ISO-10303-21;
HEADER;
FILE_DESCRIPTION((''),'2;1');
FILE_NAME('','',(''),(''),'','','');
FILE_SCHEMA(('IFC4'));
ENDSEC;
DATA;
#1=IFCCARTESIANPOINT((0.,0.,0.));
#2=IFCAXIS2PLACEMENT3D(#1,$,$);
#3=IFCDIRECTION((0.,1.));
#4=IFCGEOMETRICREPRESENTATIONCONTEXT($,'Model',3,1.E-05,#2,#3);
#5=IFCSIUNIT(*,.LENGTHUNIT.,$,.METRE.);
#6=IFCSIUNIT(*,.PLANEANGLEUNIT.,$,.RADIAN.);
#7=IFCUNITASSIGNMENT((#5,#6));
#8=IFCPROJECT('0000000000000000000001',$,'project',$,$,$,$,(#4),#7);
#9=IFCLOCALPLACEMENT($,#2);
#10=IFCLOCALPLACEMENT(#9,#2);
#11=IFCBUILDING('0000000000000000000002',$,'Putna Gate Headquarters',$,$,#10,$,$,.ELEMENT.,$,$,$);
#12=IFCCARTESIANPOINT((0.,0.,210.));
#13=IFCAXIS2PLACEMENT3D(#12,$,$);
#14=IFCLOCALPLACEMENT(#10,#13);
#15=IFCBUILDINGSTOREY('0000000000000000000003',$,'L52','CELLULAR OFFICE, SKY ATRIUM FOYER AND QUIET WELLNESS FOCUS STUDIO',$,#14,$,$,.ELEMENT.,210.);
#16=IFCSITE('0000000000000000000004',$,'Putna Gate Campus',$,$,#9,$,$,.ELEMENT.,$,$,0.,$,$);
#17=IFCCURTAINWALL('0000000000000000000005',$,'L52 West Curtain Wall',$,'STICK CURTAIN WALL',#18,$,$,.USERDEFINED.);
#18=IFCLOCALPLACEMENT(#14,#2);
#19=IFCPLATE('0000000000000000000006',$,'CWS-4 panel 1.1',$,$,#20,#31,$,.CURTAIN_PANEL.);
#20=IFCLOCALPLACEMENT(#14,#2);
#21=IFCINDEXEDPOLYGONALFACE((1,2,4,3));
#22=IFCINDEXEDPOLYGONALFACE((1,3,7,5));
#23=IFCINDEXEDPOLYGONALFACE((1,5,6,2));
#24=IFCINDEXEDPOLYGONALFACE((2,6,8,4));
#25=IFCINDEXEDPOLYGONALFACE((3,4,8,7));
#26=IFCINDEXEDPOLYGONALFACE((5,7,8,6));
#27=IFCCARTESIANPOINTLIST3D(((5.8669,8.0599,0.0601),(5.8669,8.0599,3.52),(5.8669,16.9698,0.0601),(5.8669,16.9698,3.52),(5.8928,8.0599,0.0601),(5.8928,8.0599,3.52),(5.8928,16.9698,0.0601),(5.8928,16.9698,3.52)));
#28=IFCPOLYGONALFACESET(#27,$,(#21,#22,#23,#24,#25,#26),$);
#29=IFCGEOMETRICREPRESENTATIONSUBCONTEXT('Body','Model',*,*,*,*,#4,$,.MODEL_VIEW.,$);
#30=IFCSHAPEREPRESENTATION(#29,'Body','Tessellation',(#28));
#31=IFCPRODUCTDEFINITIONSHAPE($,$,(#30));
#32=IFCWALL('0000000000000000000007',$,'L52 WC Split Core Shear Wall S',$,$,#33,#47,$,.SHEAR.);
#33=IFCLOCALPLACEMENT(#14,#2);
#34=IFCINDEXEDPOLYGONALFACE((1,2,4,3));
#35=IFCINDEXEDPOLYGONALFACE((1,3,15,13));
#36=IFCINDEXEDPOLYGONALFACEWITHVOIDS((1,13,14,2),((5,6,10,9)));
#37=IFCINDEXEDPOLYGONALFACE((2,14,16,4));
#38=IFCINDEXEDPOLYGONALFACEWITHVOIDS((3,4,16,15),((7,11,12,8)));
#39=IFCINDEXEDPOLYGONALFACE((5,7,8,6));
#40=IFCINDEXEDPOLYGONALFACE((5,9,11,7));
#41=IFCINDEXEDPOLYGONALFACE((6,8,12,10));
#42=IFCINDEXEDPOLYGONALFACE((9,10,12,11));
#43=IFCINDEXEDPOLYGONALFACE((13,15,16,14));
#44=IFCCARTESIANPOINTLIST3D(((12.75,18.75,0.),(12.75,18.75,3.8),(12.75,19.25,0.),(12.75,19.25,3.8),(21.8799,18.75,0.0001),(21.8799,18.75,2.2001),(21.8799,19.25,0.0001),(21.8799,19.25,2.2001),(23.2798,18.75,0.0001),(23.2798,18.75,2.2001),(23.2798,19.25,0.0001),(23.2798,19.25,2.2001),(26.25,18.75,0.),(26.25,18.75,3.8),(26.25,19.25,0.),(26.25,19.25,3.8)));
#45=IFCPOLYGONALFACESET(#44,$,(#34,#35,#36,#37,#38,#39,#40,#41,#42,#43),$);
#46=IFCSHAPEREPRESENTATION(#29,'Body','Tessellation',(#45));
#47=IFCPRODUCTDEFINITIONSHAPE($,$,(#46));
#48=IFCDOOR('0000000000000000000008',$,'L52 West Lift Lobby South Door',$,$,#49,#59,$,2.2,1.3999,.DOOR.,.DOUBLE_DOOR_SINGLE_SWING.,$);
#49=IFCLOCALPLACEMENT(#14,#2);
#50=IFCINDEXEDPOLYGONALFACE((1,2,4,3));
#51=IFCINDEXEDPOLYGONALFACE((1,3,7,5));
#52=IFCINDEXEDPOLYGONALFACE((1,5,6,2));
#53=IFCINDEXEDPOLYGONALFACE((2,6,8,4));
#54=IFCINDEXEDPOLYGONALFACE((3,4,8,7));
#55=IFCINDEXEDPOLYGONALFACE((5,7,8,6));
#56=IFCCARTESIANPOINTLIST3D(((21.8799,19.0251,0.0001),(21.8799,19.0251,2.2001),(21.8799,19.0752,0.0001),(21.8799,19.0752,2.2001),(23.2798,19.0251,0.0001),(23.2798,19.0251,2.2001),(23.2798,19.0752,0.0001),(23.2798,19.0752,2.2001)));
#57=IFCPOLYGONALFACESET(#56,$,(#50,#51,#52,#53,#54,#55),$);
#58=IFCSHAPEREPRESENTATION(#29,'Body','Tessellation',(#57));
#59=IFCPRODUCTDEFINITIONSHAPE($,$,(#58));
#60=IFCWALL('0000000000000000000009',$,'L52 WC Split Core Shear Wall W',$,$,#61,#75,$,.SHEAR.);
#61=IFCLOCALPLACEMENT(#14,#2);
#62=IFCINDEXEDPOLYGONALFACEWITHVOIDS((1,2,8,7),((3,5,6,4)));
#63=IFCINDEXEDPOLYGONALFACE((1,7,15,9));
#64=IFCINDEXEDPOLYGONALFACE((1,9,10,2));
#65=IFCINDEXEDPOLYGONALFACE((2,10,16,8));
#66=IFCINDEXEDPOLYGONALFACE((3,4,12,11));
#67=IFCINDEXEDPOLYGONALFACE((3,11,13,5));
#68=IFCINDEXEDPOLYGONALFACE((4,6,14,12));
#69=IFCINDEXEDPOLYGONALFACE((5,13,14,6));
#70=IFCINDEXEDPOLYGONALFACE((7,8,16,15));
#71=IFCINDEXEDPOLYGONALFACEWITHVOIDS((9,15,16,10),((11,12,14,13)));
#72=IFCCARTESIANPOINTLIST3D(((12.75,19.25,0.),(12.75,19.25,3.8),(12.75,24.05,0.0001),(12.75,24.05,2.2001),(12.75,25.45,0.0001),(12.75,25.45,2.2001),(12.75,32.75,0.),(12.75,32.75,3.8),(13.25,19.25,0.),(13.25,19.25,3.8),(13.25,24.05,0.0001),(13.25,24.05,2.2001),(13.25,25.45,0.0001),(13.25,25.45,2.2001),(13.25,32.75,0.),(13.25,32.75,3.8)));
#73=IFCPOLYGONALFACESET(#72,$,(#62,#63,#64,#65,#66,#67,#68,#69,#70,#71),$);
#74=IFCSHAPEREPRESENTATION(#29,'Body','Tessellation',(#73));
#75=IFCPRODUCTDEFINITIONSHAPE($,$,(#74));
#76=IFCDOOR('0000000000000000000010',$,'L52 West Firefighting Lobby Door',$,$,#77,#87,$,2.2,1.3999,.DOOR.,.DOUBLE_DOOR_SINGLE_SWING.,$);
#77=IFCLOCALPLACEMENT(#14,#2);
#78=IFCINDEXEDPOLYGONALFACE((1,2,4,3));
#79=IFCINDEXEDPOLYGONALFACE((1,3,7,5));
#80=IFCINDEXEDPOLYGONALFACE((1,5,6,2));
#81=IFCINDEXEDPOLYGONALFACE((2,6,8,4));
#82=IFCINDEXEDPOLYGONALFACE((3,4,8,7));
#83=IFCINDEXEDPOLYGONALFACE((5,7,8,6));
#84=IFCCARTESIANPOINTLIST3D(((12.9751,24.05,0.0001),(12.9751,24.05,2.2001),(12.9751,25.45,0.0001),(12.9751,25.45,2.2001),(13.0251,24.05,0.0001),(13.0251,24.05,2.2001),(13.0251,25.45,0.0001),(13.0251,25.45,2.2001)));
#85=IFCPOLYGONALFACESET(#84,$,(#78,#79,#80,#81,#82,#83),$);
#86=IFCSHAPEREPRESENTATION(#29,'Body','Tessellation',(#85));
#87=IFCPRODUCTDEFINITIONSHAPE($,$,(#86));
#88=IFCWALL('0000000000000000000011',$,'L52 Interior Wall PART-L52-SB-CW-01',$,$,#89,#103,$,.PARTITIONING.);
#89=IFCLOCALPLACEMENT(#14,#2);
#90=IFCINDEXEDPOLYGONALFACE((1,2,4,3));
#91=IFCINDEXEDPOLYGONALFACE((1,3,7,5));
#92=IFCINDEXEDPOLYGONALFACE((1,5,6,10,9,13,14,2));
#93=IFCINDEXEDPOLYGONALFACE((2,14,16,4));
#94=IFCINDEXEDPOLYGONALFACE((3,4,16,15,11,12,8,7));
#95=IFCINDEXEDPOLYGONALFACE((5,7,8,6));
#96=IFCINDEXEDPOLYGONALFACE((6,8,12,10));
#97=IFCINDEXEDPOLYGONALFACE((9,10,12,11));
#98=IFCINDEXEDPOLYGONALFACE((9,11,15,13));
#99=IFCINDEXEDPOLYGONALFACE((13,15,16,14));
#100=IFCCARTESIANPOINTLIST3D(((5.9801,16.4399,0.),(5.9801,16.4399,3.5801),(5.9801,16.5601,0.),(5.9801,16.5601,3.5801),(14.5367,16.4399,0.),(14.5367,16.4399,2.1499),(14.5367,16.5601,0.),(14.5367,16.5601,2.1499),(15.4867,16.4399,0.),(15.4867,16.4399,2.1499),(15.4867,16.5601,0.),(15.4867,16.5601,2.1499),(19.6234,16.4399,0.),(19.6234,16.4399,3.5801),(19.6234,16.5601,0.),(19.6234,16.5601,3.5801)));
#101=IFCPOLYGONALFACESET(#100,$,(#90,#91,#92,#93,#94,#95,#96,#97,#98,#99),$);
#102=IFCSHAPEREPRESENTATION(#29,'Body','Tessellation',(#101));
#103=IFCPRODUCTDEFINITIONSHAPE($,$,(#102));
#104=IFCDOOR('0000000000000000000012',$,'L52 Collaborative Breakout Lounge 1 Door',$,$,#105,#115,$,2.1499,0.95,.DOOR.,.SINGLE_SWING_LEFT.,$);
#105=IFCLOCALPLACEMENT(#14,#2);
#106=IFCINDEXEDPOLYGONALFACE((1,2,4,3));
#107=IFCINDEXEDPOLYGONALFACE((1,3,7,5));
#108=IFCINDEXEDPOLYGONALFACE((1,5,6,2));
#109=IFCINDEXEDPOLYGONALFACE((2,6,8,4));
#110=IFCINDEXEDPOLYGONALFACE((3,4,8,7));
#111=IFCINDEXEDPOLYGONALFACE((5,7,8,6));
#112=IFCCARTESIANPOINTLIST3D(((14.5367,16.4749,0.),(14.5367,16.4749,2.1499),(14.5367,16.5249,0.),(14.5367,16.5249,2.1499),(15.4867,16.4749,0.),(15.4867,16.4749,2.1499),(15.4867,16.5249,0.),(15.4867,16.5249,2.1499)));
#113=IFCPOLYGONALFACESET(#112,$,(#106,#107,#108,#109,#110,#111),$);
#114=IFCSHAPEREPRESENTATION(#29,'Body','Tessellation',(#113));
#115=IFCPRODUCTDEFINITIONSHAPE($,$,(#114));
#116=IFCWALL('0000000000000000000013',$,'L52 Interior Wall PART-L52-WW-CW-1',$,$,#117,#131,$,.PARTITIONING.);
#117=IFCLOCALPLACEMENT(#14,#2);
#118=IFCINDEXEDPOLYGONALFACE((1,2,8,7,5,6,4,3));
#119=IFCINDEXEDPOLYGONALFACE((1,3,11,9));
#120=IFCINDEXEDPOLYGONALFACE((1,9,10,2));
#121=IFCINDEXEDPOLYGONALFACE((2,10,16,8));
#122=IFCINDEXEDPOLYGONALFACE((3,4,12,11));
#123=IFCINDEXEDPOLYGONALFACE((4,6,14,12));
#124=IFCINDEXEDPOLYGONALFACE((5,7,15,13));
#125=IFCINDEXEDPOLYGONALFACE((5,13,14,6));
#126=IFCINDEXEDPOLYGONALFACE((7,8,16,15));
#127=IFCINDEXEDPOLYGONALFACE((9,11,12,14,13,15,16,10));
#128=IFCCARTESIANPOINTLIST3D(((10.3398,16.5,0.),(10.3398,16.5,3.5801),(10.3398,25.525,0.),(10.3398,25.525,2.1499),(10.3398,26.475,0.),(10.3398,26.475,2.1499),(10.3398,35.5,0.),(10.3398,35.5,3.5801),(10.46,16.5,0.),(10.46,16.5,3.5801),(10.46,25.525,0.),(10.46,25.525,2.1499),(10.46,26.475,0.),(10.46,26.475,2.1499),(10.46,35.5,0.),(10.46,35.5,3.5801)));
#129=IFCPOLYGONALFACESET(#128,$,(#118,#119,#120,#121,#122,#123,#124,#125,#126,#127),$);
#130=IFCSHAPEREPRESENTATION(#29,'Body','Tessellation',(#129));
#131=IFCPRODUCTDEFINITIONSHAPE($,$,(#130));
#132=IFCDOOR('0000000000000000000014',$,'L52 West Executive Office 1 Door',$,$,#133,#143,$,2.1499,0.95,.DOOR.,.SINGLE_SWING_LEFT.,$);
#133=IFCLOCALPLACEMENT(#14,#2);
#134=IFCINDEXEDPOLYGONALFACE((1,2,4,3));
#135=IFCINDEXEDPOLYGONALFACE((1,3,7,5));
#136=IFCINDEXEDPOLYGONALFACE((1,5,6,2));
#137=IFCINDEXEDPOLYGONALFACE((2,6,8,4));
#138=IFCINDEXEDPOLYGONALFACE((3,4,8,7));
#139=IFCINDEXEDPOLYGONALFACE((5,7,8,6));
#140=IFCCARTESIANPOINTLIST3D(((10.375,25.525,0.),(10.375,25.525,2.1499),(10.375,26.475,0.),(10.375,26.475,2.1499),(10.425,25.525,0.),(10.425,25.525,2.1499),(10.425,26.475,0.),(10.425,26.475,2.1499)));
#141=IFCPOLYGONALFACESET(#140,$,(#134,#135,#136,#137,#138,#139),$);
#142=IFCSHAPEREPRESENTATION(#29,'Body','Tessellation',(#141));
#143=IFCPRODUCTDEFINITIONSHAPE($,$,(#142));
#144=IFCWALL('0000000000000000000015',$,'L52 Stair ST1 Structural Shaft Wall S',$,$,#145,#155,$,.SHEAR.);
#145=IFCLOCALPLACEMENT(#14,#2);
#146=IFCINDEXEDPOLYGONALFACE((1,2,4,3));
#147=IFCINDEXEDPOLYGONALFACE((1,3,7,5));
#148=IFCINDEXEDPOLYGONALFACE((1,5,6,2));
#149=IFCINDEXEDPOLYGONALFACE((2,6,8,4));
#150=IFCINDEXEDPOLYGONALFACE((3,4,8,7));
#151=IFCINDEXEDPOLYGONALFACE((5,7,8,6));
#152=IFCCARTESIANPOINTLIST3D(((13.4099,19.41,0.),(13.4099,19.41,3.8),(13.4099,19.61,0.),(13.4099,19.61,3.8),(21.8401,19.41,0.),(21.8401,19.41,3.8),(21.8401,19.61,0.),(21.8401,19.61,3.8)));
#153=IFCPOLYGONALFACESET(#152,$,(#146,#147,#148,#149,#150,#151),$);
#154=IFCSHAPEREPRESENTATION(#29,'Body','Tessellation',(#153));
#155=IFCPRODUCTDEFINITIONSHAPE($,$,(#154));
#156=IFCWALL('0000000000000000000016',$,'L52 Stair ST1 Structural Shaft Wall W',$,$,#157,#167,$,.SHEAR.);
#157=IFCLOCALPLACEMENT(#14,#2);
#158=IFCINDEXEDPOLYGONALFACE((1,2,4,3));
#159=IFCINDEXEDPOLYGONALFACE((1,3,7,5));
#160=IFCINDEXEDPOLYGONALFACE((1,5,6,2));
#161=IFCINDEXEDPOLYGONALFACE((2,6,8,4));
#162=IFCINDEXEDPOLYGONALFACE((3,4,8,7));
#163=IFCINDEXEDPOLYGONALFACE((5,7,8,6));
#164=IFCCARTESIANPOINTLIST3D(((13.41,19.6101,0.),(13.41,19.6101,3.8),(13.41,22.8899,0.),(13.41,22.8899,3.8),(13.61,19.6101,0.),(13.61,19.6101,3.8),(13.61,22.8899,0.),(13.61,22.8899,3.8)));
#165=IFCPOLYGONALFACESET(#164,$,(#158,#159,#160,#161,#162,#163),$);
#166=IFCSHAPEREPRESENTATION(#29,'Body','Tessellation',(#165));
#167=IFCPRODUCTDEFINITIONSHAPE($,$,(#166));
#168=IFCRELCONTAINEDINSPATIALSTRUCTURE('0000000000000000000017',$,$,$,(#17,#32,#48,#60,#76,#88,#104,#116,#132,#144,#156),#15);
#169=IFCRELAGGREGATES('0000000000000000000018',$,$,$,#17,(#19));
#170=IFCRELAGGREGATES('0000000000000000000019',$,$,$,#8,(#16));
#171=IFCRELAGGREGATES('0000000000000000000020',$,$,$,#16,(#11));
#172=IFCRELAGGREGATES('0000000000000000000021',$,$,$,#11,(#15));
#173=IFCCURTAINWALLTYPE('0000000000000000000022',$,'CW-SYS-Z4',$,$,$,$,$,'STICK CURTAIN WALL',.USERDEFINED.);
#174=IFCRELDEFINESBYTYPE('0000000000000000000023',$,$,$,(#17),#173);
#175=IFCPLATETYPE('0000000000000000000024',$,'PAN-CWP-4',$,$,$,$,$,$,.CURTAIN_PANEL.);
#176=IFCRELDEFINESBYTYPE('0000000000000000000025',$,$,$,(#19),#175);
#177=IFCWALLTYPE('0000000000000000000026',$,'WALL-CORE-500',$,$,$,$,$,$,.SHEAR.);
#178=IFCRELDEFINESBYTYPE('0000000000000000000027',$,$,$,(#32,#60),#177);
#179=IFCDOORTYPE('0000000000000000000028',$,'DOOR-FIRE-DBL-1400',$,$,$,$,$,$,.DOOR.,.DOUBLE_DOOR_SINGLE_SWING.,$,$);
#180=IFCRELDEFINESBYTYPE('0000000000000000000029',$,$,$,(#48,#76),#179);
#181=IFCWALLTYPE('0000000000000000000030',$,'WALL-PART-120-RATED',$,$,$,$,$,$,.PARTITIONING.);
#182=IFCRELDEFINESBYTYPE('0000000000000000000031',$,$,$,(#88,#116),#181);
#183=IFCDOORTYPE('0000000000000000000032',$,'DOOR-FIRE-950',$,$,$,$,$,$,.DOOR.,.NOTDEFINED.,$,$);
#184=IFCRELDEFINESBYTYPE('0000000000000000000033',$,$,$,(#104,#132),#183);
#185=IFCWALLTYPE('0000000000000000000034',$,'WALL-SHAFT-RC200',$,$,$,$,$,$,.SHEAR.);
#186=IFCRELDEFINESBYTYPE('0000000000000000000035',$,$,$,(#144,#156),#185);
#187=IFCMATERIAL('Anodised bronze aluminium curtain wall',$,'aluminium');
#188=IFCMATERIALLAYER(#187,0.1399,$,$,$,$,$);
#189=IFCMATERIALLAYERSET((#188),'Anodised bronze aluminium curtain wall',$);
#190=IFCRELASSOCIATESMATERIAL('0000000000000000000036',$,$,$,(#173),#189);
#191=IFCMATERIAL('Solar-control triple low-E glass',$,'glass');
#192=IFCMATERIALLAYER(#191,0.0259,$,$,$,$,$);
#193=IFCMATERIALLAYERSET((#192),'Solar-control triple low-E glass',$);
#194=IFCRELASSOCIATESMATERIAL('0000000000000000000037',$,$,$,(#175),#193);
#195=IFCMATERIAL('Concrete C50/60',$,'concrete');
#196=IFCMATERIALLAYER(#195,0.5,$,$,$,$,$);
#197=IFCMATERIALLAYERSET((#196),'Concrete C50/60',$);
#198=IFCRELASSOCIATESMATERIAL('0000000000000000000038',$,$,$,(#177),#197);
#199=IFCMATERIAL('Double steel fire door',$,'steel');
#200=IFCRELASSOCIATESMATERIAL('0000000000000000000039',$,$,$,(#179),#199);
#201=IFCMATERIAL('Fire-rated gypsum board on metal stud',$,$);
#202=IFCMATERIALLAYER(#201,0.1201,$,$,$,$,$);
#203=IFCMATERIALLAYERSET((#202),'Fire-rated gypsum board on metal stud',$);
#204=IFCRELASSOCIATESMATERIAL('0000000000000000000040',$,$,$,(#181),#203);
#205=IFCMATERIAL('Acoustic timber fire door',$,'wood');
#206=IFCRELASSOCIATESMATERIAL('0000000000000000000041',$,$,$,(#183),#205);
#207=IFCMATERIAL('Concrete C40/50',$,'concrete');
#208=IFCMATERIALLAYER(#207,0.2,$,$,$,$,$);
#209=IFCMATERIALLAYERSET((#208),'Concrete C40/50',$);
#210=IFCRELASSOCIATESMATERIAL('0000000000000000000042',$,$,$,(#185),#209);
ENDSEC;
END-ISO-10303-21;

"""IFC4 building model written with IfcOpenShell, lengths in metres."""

from ifc_helpers import new_model, si_unit, direction, frame, frame_2d, origin, origin_2d, place, context, subcontext, project, spatial, rectangle, extrude, material, layer, layer_set, type_object, element, fill, aggregate, save


model = new_model("IFC4")

# Units and contexts
model_context = context("Model", 3, precision=1e-05, world=origin(), true_north=direction((0.0, 1.0)))
body_context = subcontext(model_context, "Body", "Model", "MODEL_VIEW")
ifc_project = project(units=[si_unit("LENGTHUNIT", "METRE"), si_unit("PLANEANGLEUNIT", "RADIAN")], contexts=[model_context])

# Site, building, storey
site_placement = place(None, origin())
site = spatial("IfcSite", under=ifc_project, at=site_placement, Name="Putna Gate Campus", CompositionType="ELEMENT", RefElevation=0.0)
building_placement = place(site_placement, origin())
building = spatial("IfcBuilding", under=site, at=building_placement, Name="Putna Gate Headquarters", CompositionType="ELEMENT")
storey_placement = place(building_placement, frame((0.0, 0.0, 210.0)))
storey = spatial("IfcBuildingStorey", under=building, at=storey_placement, Name="L52", Description="CELLULAR OFFICE, SKY ATRIUM FOYER AND QUIET WELLNESS FOCUS STUDIO", CompositionType="ELEMENT", Elevation=210.0)

# Curtain wall, plate
ifc_material_1 = material(Name="Anodised bronze aluminium curtain wall", Category="aluminium")
ifc_layer_1 = layer(ifc_material_1, 0.1399)
ifc_layer_set_1 = layer_set([ifc_layer_1], Name="Anodised bronze aluminium curtain wall")
curtain_wall_type = type_object("IfcCurtainWallType", Name="CW-SYS-Z4", ElementType="STICK CURTAIN WALL", PredefinedType="USERDEFINED", material=ifc_layer_set_1)
curtain_wall_placement = place(storey_placement, origin())
curtain_wall = element("IfcCurtainWall", 1, at=curtain_wall_placement, inside=storey, type_object=curtain_wall_type, Name="L52 West Curtain Wall", ObjectType="STICK CURTAIN WALL", PredefinedType="USERDEFINED")
ifc_material_2 = material(Name="Solar-control triple low-E glass", Category="glass")
ifc_layer_2 = layer(ifc_material_2, 0.0259)
ifc_layer_set_2 = layer_set([ifc_layer_2], Name="Solar-control triple low-E glass")
plate_type = type_object("IfcPlateType", Name="PAN-CWP-4", PredefinedType="CURTAIN_PANEL", material=ifc_layer_set_2)
plate_placement = place(storey_placement, frame((5.8799, 12.5149, 0.0601), z_axis=(0.0, 0.0, 1.0), x_axis=(0.0, 1.0, 0.0)))
plate = element("IfcPlate", 2, at=plate_placement, type_object=plate_type, Name="CWS-4 panel 1.1", PredefinedType="CURTAIN_PANEL", context=body_context, shape_type="SweptSolid", body=[
    extrude(rectangle(XDim=8.9099, YDim=0.0259, at=origin_2d()), origin(), (0.0, 0.0, 1.0), 3.46),
])
aggregate(curtain_wall, [plate])

# Walls, openings, doors
ifc_material_3 = material(Name="Concrete C50/60", Category="concrete")
ifc_layer_3 = layer(ifc_material_3, 0.5)
ifc_layer_set_3 = layer_set([ifc_layer_3], Name="Concrete C50/60")
wall_type_1 = type_object("IfcWallType", Name="WALL-CORE-500", PredefinedType="SHEAR", material=ifc_layer_set_3)
wall_1_placement = place(storey_placement, frame((12.75, 19.0, 0.0), z_axis=(0.0, 0.0, 1.0), x_axis=(1.0, 0.0, 0.0)))
wall_1 = element("IfcWall", 3, at=wall_1_placement, inside=storey, type_object=wall_type_1, Name="L52 WC Split Core Shear Wall S", PredefinedType="SHEAR", context=body_context, shape_type="SweptSolid", body=[
    extrude(rectangle(XDim=13.5, YDim=0.5, at=frame_2d((6.75, 0.0))), origin(), (0.0, 0.0, 1.0), 3.8),
])
opening_1_placement = place(wall_1_placement, frame((9.1299, 0.0, 0.0)))
opening_1 = element("IfcOpeningElement", 4, at=opening_1_placement, cuts=wall_1, PredefinedType="OPENING", context=body_context, shape_type="SweptSolid", body=[
    extrude(rectangle(XDim=1.3999, YDim=2.2, at=frame_2d((0.7, 1.1001))), frame((0.0, 0.26, 0.0), z_axis=(0.0, -1.0, 0.0), x_axis=(1.0, 0.0, 0.0)), (0.0, 0.0, 1.0), 0.52),
])
ifc_material_4 = material(Name="Double steel fire door", Category="steel")
door_type_1 = type_object("IfcDoorType", Name="DOOR-FIRE-DBL-1400", OperationType="DOUBLE_DOOR_SINGLE_SWING", PredefinedType="DOOR", material=ifc_material_4)
door_1_placement = place(opening_1_placement, origin())
door_1 = element("IfcDoor", 5, at=door_1_placement, inside=storey, type_object=door_type_1, Name="L52 West Lift Lobby South Door", OperationType="DOUBLE_DOOR_SINGLE_SWING", OverallHeight=2.2, OverallWidth=1.3999, PredefinedType="DOOR", context=body_context, shape_type="SweptSolid", body=[
    extrude(rectangle(XDim=1.3999, YDim=2.2, at=frame_2d((0.7, 1.1001))), frame((0.0, 0.0752, 0.0), z_axis=(0.0, -1.0, 0.0), x_axis=(1.0, 0.0, 0.0)), (0.0, 0.0, 1.0), 0.05),
])
fill(opening_1, door_1)
wall_2_placement = place(storey_placement, frame((13.0, 19.25, 0.0), z_axis=(0.0, 0.0, 1.0), x_axis=(0.0, 1.0, 0.0)))
wall_2 = element("IfcWall", 6, at=wall_2_placement, inside=storey, type_object=wall_type_1, Name="L52 WC Split Core Shear Wall W", PredefinedType="SHEAR", context=body_context, shape_type="SweptSolid", body=[
    extrude(rectangle(XDim=13.5, YDim=0.5, at=frame_2d((6.75, 0.0))), origin(), (0.0, 0.0, 1.0), 3.8),
])
opening_2_placement = place(wall_2_placement, frame((4.8, 0.0, 0.0)))
opening_2 = element("IfcOpeningElement", 7, at=opening_2_placement, cuts=wall_2, PredefinedType="OPENING", context=body_context, shape_type="SweptSolid", body=[
    extrude(rectangle(XDim=1.3999, YDim=2.2, at=frame_2d((0.7, 1.1001))), frame((0.0, 0.26, 0.0), z_axis=(0.0, -1.0, 0.0), x_axis=(1.0, 0.0, 0.0)), (0.0, 0.0, 1.0), 0.52),
])
door_2_placement = place(opening_2_placement, origin())
door_2 = element("IfcDoor", 8, at=door_2_placement, inside=storey, type_object=door_type_1, Name="L52 West Firefighting Lobby Door", OperationType="DOUBLE_DOOR_SINGLE_SWING", OverallHeight=2.2, OverallWidth=1.3999, PredefinedType="DOOR", context=body_context, shape_type="SweptSolid", body=[
    extrude(rectangle(XDim=1.3999, YDim=2.2, at=frame_2d((0.7, 1.1001))), frame((0.0, 0.0249, 0.0), z_axis=(0.0, -1.0, 0.0), x_axis=(1.0, 0.0, 0.0)), (0.0, 0.0, 1.0), 0.05),
])
fill(opening_2, door_2)
ifc_material_5 = material(Name="Fire-rated gypsum board on metal stud")
ifc_layer_4 = layer(ifc_material_5, 0.1201)
ifc_layer_set_4 = layer_set([ifc_layer_4], Name="Fire-rated gypsum board on metal stud")
wall_type_2 = type_object("IfcWallType", Name="WALL-PART-120-RATED", PredefinedType="PARTITIONING", material=ifc_layer_set_4)
wall_3_placement = place(storey_placement, frame((5.98, 16.5, 0.0), z_axis=(0.0, 0.0, 1.0), x_axis=(1.0, 0.0, 0.0)))
wall_3 = element("IfcWall", 9, at=wall_3_placement, inside=storey, type_object=wall_type_2, Name="L52 Interior Wall PART-L52-SB-CW-01", PredefinedType="PARTITIONING", context=body_context, shape_type="SweptSolid", body=[
    extrude(rectangle(XDim=13.6433, YDim=0.1201, at=frame_2d((6.8218, 0.0))), origin(), (0.0, 0.0, 1.0), 3.5801),
])
opening_3_placement = place(wall_3_placement, frame((8.5566, 0.0, 0.0)))
opening_3 = element("IfcOpeningElement", 10, at=opening_3_placement, cuts=wall_3, PredefinedType="OPENING", context=body_context, shape_type="SweptSolid", body=[
    extrude(rectangle(XDim=0.95, YDim=2.1499, at=frame_2d((0.4751, 1.075))), frame((0.0, 0.0701, 0.0), z_axis=(0.0, -1.0, 0.0), x_axis=(1.0, 0.0, 0.0)), (0.0, 0.0, 1.0), 0.1401),
])
ifc_material_6 = material(Name="Acoustic timber fire door", Category="wood")
door_type_2 = type_object("IfcDoorType", Name="DOOR-FIRE-950", OperationType="NOTDEFINED", PredefinedType="DOOR", material=ifc_material_6)
door_3_placement = place(opening_3_placement, origin())
door_3 = element("IfcDoor", 11, at=door_3_placement, inside=storey, type_object=door_type_2, Name="L52 Collaborative Breakout Lounge 1 Door", OperationType="SINGLE_SWING_LEFT", OverallHeight=2.1499, OverallWidth=0.95, PredefinedType="DOOR", context=body_context, shape_type="SweptSolid", body=[
    extrude(rectangle(XDim=0.95, YDim=2.1499, at=frame_2d((0.4751, 1.075))), frame((0.0, 0.0249, 0.0), z_axis=(0.0, -1.0, 0.0), x_axis=(1.0, 0.0, 0.0)), (0.0, 0.0, 1.0), 0.05),
])
fill(opening_3, door_3)
wall_4_placement = place(storey_placement, frame((10.3999, 16.5, 0.0), z_axis=(0.0, 0.0, 1.0), x_axis=(0.0, 1.0, 0.0)))
wall_4 = element("IfcWall", 12, at=wall_4_placement, inside=storey, type_object=wall_type_2, Name="L52 Interior Wall PART-L52-WW-CW-1", PredefinedType="PARTITIONING", context=body_context, shape_type="SweptSolid", body=[
    extrude(rectangle(XDim=19.0, YDim=0.1201, at=frame_2d((9.5, 0.0))), origin(), (0.0, 0.0, 1.0), 3.5801),
])
opening_4_placement = place(wall_4_placement, frame((9.0249, 0.0, 0.0)))
opening_4 = element("IfcOpeningElement", 13, at=opening_4_placement, cuts=wall_4, PredefinedType="OPENING", context=body_context, shape_type="SweptSolid", body=[
    extrude(rectangle(XDim=0.95, YDim=2.1499, at=frame_2d((0.4751, 1.075))), frame((0.0, 0.0701, 0.0), z_axis=(0.0, -1.0, 0.0), x_axis=(1.0, 0.0, 0.0)), (0.0, 0.0, 1.0), 0.1401),
])
door_4_placement = place(opening_4_placement, origin())
door_4 = element("IfcDoor", 14, at=door_4_placement, inside=storey, type_object=door_type_2, Name="L52 West Executive Office 1 Door", OperationType="SINGLE_SWING_LEFT", OverallHeight=2.1499, OverallWidth=0.95, PredefinedType="DOOR", context=body_context, shape_type="SweptSolid", body=[
    extrude(rectangle(XDim=0.95, YDim=2.1499, at=frame_2d((0.4751, 1.075))), frame((0.0, 0.0249, 0.0), z_axis=(0.0, -1.0, 0.0), x_axis=(1.0, 0.0, 0.0)), (0.0, 0.0, 1.0), 0.05),
])
fill(opening_4, door_4)

# Walls
ifc_material_7 = material(Name="Concrete C40/50", Category="concrete")
ifc_layer_5 = layer(ifc_material_7, 0.2)
ifc_layer_set_5 = layer_set([ifc_layer_5], Name="Concrete C40/50")
wall_type_3 = type_object("IfcWallType", Name="WALL-SHAFT-RC200", PredefinedType="SHEAR", material=ifc_layer_set_5)
wall_5_placement = place(storey_placement, frame((13.4099, 19.51, 0.0), z_axis=(0.0, 0.0, 1.0), x_axis=(1.0, 0.0, 0.0)))
element("IfcWall", 15, at=wall_5_placement, inside=storey, type_object=wall_type_3, Name="L52 Stair ST1 Structural Shaft Wall S", PredefinedType="SHEAR", context=body_context, shape_type="SweptSolid", body=[
    extrude(rectangle(XDim=8.4302, YDim=0.2, at=frame_2d((4.2151, 0.0))), origin(), (0.0, 0.0, 1.0), 3.8),
])
wall_6_placement = place(storey_placement, frame((13.51, 19.6101, 0.0), z_axis=(0.0, 0.0, 1.0), x_axis=(0.0, 1.0, 0.0)))
element("IfcWall", 16, at=wall_6_placement, inside=storey, type_object=wall_type_3, Name="L52 Stair ST1 Structural Shaft Wall W", PredefinedType="SHEAR", context=body_context, shape_type="SweptSolid", body=[
    extrude(rectangle(XDim=3.2798, YDim=0.2, at=frame_2d((1.6399, 0.0))), origin(), (0.0, 0.0, 1.0), 3.8),
])

save(model, "model.ifc")
